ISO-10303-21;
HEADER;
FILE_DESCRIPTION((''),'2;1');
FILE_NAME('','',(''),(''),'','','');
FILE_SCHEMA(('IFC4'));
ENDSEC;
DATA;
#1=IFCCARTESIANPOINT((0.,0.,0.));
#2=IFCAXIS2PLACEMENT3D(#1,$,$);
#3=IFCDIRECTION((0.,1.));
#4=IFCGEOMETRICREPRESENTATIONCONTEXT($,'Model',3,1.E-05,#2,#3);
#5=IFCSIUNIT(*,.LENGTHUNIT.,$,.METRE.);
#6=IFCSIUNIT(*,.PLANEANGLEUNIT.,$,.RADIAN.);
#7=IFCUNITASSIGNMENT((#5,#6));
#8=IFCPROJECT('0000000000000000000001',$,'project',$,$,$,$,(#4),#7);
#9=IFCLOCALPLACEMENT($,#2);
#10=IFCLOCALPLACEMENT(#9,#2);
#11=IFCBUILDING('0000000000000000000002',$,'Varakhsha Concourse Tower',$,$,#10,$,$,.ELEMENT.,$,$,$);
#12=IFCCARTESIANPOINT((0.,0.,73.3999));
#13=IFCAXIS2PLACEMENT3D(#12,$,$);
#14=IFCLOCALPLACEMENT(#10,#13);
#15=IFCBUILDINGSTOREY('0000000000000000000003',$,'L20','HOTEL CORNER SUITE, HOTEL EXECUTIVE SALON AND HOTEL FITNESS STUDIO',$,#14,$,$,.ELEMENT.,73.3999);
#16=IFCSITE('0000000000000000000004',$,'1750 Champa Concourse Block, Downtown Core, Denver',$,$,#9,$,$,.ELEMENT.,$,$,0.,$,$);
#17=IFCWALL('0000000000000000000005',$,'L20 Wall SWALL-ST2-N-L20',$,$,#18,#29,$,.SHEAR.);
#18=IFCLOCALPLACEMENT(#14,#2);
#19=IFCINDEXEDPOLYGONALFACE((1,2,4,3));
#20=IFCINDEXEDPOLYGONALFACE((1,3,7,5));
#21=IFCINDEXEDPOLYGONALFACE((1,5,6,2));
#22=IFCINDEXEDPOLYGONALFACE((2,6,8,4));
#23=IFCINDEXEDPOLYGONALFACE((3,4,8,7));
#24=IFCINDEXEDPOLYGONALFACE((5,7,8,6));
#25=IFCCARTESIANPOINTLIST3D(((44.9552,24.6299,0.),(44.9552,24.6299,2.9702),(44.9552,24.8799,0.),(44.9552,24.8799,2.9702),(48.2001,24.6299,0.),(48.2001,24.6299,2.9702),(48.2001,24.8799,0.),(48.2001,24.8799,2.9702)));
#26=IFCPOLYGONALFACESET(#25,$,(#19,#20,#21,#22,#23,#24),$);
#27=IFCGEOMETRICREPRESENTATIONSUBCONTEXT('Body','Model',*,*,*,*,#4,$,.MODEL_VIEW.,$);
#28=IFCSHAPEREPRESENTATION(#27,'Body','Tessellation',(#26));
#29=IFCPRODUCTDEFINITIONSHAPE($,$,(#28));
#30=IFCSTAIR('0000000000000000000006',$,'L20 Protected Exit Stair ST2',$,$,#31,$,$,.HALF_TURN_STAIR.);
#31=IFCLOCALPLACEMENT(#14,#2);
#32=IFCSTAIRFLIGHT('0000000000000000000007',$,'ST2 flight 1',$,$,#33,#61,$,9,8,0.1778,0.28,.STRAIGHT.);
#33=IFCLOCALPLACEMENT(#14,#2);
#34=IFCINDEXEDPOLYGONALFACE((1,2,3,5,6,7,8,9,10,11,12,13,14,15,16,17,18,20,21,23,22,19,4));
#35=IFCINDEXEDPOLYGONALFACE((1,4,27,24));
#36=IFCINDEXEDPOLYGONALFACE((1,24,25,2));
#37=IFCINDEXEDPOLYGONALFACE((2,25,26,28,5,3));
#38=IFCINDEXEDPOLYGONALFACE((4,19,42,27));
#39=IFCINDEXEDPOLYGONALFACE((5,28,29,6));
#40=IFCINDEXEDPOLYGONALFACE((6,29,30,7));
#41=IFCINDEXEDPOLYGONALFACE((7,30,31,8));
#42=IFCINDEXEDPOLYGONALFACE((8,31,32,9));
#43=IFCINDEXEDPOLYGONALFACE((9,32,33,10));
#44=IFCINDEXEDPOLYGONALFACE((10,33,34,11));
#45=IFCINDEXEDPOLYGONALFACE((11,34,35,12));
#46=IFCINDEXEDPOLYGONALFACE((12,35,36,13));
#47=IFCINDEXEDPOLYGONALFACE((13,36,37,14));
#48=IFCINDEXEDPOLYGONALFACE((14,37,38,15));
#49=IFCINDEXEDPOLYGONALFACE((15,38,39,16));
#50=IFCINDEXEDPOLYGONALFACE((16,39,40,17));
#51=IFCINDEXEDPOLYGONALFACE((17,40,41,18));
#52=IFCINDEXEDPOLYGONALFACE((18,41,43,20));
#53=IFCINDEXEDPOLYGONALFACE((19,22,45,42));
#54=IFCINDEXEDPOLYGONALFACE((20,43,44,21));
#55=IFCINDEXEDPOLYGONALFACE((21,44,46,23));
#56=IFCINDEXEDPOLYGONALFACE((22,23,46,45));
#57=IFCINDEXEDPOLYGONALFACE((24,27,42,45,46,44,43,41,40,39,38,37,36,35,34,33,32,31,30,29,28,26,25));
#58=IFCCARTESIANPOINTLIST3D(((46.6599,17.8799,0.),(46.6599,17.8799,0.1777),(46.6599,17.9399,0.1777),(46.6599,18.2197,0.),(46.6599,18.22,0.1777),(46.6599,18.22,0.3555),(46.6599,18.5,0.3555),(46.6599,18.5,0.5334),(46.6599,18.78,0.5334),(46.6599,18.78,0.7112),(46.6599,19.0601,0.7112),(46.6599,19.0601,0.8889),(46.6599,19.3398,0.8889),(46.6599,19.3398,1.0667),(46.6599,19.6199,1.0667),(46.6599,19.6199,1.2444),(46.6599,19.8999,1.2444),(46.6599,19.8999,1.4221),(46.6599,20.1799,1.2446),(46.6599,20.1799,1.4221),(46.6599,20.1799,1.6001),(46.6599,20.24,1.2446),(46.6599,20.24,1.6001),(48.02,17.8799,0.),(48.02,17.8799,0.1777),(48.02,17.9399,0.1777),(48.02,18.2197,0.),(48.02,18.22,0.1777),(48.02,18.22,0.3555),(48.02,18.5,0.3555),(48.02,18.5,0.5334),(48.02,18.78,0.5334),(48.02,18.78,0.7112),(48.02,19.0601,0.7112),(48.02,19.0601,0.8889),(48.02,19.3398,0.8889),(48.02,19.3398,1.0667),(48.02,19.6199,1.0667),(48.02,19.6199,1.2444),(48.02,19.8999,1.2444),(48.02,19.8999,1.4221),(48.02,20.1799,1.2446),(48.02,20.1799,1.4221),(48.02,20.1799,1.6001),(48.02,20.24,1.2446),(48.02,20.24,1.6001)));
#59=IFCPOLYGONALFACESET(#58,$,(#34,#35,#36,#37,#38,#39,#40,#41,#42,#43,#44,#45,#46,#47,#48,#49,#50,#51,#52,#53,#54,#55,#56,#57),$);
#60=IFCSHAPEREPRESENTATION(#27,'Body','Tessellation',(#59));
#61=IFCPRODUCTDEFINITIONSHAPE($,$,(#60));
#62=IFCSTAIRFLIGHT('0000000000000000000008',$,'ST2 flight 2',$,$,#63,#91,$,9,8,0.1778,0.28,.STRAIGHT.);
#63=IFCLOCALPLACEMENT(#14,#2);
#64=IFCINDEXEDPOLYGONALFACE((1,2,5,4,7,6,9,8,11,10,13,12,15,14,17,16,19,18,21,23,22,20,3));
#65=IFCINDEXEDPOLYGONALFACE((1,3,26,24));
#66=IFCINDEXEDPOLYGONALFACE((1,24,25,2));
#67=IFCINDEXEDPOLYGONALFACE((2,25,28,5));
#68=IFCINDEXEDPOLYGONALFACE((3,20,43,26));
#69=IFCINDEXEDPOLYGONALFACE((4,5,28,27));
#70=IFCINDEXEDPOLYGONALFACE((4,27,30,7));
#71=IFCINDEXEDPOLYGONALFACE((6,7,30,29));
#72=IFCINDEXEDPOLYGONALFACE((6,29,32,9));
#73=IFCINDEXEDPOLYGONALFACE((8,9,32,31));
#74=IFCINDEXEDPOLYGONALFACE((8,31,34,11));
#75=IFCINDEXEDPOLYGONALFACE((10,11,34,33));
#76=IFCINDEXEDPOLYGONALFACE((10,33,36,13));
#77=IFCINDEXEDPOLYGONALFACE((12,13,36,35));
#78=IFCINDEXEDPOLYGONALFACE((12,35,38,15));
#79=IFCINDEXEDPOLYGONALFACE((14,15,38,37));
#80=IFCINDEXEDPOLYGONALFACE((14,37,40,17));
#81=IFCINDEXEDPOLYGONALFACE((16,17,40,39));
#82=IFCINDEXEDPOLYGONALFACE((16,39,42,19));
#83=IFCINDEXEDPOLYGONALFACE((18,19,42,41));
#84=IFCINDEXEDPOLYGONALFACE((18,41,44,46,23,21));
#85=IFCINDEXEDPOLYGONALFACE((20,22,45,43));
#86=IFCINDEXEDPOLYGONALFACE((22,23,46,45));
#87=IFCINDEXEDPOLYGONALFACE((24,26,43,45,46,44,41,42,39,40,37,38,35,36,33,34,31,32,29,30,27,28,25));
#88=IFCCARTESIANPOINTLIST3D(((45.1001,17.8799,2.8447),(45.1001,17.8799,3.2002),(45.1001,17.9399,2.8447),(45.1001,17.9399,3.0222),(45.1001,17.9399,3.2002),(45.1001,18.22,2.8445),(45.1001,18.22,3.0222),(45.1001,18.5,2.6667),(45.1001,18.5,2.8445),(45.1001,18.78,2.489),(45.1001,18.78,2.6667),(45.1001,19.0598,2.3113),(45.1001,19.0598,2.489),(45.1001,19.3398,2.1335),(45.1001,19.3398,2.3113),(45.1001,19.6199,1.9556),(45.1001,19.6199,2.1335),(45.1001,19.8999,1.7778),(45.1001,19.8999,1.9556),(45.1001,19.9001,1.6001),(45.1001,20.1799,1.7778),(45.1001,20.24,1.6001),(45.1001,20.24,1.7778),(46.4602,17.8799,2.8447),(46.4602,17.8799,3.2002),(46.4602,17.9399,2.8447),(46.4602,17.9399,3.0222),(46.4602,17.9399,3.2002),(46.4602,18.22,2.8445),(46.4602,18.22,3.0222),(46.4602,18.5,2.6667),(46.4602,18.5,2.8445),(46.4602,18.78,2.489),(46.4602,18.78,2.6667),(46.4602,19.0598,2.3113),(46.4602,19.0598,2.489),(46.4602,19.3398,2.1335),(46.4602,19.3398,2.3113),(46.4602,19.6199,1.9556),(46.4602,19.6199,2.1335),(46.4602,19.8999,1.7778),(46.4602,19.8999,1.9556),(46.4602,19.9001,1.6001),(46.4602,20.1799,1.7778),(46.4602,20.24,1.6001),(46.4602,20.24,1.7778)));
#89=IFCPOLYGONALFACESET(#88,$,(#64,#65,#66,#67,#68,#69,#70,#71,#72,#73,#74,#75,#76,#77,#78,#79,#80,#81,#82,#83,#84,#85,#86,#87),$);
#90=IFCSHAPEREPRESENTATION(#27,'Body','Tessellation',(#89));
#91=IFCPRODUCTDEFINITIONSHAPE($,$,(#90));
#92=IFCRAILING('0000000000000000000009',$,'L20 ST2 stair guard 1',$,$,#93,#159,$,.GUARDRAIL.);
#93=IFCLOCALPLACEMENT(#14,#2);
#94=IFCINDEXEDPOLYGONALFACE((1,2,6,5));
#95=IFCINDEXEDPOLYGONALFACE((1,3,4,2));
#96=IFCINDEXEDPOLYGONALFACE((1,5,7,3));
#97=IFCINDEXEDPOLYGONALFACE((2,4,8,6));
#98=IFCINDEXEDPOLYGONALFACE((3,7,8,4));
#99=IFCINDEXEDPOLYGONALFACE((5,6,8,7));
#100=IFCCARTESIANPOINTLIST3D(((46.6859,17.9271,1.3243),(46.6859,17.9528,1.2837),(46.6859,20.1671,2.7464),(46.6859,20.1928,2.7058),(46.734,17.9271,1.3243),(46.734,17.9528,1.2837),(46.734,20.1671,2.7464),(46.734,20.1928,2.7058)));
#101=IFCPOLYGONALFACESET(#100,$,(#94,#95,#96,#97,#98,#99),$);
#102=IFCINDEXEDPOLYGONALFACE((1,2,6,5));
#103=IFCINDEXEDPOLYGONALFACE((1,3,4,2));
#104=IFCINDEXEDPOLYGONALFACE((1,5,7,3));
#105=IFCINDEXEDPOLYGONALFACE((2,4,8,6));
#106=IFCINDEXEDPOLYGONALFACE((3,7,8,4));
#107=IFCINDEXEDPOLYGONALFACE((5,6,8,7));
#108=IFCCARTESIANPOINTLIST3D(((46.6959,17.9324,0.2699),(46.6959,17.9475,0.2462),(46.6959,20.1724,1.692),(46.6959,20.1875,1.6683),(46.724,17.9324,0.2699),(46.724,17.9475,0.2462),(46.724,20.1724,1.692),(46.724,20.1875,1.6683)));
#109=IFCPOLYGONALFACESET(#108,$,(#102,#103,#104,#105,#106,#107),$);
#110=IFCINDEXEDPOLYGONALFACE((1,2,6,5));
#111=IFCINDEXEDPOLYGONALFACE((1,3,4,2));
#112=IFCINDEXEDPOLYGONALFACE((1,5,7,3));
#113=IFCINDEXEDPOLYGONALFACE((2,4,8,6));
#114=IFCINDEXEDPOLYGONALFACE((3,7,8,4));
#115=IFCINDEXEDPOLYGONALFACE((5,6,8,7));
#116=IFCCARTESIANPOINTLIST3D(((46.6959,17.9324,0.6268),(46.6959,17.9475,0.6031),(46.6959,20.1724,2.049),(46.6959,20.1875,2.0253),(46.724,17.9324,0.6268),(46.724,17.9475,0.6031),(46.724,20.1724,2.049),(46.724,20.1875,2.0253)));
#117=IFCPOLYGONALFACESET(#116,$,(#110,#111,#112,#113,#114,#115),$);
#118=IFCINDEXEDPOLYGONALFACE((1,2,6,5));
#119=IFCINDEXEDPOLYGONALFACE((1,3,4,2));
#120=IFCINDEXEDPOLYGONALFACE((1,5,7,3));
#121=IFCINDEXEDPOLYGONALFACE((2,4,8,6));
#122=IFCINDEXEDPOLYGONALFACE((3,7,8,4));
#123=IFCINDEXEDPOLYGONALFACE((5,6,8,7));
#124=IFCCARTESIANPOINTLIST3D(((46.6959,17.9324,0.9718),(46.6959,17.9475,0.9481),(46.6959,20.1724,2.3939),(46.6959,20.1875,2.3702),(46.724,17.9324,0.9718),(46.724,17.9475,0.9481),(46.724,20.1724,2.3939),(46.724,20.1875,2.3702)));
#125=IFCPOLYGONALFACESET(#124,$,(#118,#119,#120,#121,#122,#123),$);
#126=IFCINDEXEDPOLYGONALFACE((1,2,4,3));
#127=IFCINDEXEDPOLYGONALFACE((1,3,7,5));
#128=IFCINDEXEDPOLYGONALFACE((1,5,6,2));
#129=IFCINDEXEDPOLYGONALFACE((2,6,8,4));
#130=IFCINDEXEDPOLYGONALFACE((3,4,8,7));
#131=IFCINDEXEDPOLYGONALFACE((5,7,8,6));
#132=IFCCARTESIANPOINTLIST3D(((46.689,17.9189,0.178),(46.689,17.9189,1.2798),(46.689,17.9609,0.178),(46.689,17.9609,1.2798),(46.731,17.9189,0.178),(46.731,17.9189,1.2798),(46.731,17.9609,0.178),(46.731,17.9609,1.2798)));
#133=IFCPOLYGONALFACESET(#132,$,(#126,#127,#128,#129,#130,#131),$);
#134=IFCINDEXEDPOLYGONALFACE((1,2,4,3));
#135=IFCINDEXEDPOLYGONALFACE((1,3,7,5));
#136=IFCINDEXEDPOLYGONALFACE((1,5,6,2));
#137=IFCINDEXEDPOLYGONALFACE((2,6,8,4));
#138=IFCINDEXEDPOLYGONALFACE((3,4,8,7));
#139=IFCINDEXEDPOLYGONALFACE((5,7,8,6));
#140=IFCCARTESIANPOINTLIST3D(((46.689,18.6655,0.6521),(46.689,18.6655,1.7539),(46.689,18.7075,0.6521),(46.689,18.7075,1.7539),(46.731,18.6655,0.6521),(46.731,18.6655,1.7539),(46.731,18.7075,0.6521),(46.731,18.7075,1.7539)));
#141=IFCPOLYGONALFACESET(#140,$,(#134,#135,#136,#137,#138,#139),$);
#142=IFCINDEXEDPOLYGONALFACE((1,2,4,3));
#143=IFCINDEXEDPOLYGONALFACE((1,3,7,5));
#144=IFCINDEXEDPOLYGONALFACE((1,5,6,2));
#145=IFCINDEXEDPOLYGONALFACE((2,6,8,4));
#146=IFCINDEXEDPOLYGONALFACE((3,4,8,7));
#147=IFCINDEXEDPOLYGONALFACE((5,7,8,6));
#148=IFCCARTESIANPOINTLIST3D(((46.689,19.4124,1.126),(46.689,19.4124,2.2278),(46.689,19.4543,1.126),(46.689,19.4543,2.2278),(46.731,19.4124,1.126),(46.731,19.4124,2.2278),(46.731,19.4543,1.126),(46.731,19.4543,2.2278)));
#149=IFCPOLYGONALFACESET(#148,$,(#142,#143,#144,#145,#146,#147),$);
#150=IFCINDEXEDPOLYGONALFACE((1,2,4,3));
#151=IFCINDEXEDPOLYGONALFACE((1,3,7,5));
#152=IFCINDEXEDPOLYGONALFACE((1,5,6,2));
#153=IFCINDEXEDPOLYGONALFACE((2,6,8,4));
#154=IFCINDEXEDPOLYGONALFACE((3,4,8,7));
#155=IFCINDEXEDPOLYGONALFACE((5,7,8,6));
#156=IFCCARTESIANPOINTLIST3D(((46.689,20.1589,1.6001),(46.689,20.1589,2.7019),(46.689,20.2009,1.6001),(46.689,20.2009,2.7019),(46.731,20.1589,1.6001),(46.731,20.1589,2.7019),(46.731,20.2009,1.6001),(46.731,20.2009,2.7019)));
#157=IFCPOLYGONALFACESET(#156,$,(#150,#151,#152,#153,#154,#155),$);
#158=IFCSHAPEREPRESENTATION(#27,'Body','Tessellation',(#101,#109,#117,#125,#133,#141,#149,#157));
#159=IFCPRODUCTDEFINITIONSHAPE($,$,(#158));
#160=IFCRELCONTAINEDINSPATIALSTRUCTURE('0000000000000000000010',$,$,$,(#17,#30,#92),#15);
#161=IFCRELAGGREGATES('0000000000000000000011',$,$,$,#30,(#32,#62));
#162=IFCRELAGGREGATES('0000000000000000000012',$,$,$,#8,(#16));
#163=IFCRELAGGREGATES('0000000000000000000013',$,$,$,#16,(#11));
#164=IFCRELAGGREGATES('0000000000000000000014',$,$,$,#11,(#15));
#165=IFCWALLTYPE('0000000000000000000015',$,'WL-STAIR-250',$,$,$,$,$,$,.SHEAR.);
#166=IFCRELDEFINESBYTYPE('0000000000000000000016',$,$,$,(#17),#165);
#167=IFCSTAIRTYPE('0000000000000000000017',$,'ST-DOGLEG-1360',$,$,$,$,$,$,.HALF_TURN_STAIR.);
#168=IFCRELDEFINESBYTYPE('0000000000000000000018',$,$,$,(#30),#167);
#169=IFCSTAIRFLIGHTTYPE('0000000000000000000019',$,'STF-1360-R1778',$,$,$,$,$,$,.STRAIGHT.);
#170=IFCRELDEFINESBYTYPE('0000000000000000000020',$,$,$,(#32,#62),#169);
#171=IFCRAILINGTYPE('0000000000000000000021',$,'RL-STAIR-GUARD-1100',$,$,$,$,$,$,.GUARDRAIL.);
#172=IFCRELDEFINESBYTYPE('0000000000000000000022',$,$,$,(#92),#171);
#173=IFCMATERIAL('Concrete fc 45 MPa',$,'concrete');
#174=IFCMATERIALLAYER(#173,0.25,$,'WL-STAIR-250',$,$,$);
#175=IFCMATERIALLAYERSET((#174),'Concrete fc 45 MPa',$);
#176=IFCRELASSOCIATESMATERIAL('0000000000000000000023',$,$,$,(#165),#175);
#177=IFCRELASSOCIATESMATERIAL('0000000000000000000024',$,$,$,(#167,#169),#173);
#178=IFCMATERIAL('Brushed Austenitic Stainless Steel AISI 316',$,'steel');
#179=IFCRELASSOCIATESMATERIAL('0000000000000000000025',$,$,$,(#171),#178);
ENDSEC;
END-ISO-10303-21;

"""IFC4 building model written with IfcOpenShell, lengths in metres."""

from ifc_helpers import new_model, si_unit, direction, frame, frame_2d, origin, origin_2d, place, context, subcontext, project, spatial, polyline, rectangle, outline, extrude, material, layer, layer_set, type_object, element, aggregate, save


model = new_model("IFC4")

# Units and contexts
model_context = context("Model", 3, precision=1e-05, world=origin(), true_north=direction((0.0, 1.0)))
body_context = subcontext(model_context, "Body", "Model", "MODEL_VIEW")
ifc_project = project(units=[si_unit("LENGTHUNIT", "METRE"), si_unit("PLANEANGLEUNIT", "RADIAN")], contexts=[model_context])

# Site, building, storey
site_placement = place(None, origin())
site = spatial("IfcSite", under=ifc_project, at=site_placement, Name="1750 Champa Concourse Block, Downtown Core, Denver", CompositionType="ELEMENT", RefElevation=0.0)
building_placement = place(site_placement, origin())
building = spatial("IfcBuilding", under=site, at=building_placement, Name="Varakhsha Concourse Tower", CompositionType="ELEMENT")
storey_placement = place(building_placement, frame((0.0, 0.0, 73.3999)))
storey = spatial("IfcBuildingStorey", under=building, at=storey_placement, Name="L20", Description="HOTEL CORNER SUITE, HOTEL EXECUTIVE SALON AND HOTEL FITNESS STUDIO", CompositionType="ELEMENT", Elevation=73.3999)

# Wall
ifc_material_1 = material(Name="Concrete fc 45 MPa", Category="concrete")
ifc_layer_1 = layer(ifc_material_1, 0.25, Name="WL-STAIR-250")
ifc_layer_set_1 = layer_set([ifc_layer_1], Name="Concrete fc 45 MPa")
wall_type_1 = type_object("IfcWallType", Name="WL-STAIR-250", PredefinedType="SHEAR", material=ifc_layer_set_1)
wall_1_placement = place(storey_placement, frame((44.9551, 24.7549, 0.0), z_axis=(0.0, 0.0, 1.0), x_axis=(1.0, 0.0, 0.0)))
element("IfcWall", 1, at=wall_1_placement, inside=storey, type_object=wall_type_1, Name="L20 Wall SWALL-ST2-N-L20", PredefinedType="SHEAR", context=body_context, shape_type="SweptSolid", body=[
    extrude(rectangle(XDim=3.2449, YDim=0.25, at=frame_2d((1.6226, 0.0))), origin(), (0.0, 0.0, 1.0), 2.9702),
])

# Stair, stair flights
stair_type = type_object("IfcStairType", Name="ST-DOGLEG-1360", PredefinedType="HALF_TURN_STAIR", material=ifc_material_1)
stair_placement = place(storey_placement, origin())
stair = element("IfcStair", 2, at=stair_placement, inside=storey, type_object=stair_type, Name="L20 Protected Exit Stair ST2", PredefinedType="HALF_TURN_STAIR")
stair_flight_type = type_object("IfcStairFlightType", Name="STF-1360-R1778", PredefinedType="STRAIGHT", material=ifc_material_1)
stair_flight_1_placement = place(storey_placement, frame((47.3401, 17.9399, 0.0), z_axis=(0.0, 0.0, 1.0), x_axis=(0.0, 1.0, 0.0)))
stair_flight_1 = element("IfcStairFlight", 3, at=stair_flight_1_placement, type_object=stair_flight_type, Name="ST2 flight 1", NumberOfRisers=9, NumberOfTreads=8, PredefinedType="STRAIGHT", RiserHeight=0.1778, TreadLength=0.28, context=body_context, shape_type="SweptSolid", body=[
    extrude(outline(polyline([(-0.0601, 0.0), (-0.0601, 0.1777), (0.0, 0.1777), (0.28, 0.1777), (0.28, 0.3555), (0.5601, 0.3555), (0.5601, 0.5334), (0.8401, 0.5334), (0.8401, 0.7112), (1.1201, 0.7112), (1.1201, 0.8889), (1.3999, 0.8889), (1.3999, 1.0667), (1.6799, 1.0667), (1.6799, 1.2444), (1.96, 1.2444), (1.96, 1.4221), (2.24, 1.4221), (2.24, 1.6001), (2.3, 1.6001), (2.3, 1.2446), (2.24, 1.2446), (0.2798, 0.0), (-0.0601, 0.0)])), frame((0.0, 0.6802, 0.0), z_axis=(0.0, -1.0, 0.0), x_axis=(1.0, 0.0, 0.0)), (0.0, 0.0, 1.0), 1.3601),
])
stair_flight_2_placement = place(storey_placement, frame((45.78, 20.1799, 1.6001), z_axis=(0.0, 0.0, 1.0), x_axis=(0.0, -1.0, 0.0)))
stair_flight_2 = element("IfcStairFlight", 4, at=stair_flight_2_placement, type_object=stair_flight_type, Name="ST2 flight 2", NumberOfRisers=9, NumberOfTreads=8, PredefinedType="STRAIGHT", RiserHeight=0.1778, TreadLength=0.28, context=body_context, shape_type="SweptSolid", body=[
    extrude(outline(polyline([(-0.0601, 0.0), (-0.0601, 0.1777), (0.0, 0.1777), (0.28, 0.1777), (0.28, 0.3555), (0.5601, 0.3555), (0.5601, 0.5334), (0.8401, 0.5334), (0.8401, 0.7112), (1.1201, 0.7112), (1.1201, 0.8889), (1.3999, 0.8889), (1.3999, 1.0667), (1.6799, 1.0667), (1.6799, 1.2444), (1.96, 1.2444), (1.96, 1.4221), (2.24, 1.4221), (2.24, 1.6001), (2.3, 1.6001), (2.3, 1.2446), (2.24, 1.2446), (0.2798, 0.0), (-0.0601, 0.0)])), frame((0.0, 0.6802, 0.0), z_axis=(0.0, -1.0, 0.0), x_axis=(1.0, 0.0, 0.0)), (0.0, 0.0, 1.0), 1.3601),
])
aggregate(stair, [stair_flight_1, stair_flight_2])

# Railing
ifc_material_2 = material(Name="Brushed Austenitic Stainless Steel AISI 316", Category="steel")
railing_type_1 = type_object("IfcRailingType", Name="RL-STAIR-GUARD-1100", PredefinedType="GUARDRAIL", material=ifc_material_2)
railing_1_placement = place(storey_placement, frame((46.71, 17.9399, 0.178)))
element("IfcRailing", 5, at=railing_1_placement, inside=storey, type_object=railing_type_1, Name="L20 ST2 stair guard 1", PredefinedType="GUARDRAIL", context=body_context, shape_type="SweptSolid", body=[
    extrude(rectangle(XDim=0.0481, YDim=0.0481, at=origin_2d()), frame((0.0, 0.0, 1.126), z_axis=(0.0, 0.844229, 0.535982), x_axis=(-1.0, 0.0, 0.0)), (0.0, 0.0, 1.0), 2.6533),
    extrude(rectangle(XDim=0.0281, YDim=0.0281, at=origin_2d()), frame((0.0, 0.0, 0.0801), z_axis=(0.0, 0.844229, 0.535982), x_axis=(-1.0, 0.0, 0.0)), (0.0, 0.0, 1.0), 2.6533),
    extrude(rectangle(XDim=0.0281, YDim=0.0281, at=origin_2d()), frame((0.0, 0.0, 0.437), z_axis=(0.0, 0.844229, 0.535982), x_axis=(-1.0, 0.0, 0.0)), (0.0, 0.0, 1.0), 2.6533),
    extrude(rectangle(XDim=0.0281, YDim=0.0281, at=origin_2d()), frame((0.0, 0.0, 0.782), z_axis=(0.0, 0.844229, 0.535982), x_axis=(-1.0, 0.0, 0.0)), (0.0, 0.0, 1.0), 2.6533),
    extrude(rectangle(XDim=0.042, YDim=0.042, at=origin_2d()), origin(), (0.0, 0.0, 1.0), 1.1018),
    extrude(rectangle(XDim=0.042, YDim=0.042, at=origin_2d()), frame((0.0, 0.7466, 0.4741)), (0.0, 0.0, 1.0), 1.1018),
    extrude(rectangle(XDim=0.042, YDim=0.042, at=origin_2d()), frame((0.0, 1.4934, 0.948)), (0.0, 0.0, 1.0), 1.1018),
    extrude(rectangle(XDim=0.042, YDim=0.042, at=origin_2d()), frame((0.0, 2.24, 1.4221)), (0.0, 0.0, 1.0), 1.1018),
])

save(model, "model.ifc")
